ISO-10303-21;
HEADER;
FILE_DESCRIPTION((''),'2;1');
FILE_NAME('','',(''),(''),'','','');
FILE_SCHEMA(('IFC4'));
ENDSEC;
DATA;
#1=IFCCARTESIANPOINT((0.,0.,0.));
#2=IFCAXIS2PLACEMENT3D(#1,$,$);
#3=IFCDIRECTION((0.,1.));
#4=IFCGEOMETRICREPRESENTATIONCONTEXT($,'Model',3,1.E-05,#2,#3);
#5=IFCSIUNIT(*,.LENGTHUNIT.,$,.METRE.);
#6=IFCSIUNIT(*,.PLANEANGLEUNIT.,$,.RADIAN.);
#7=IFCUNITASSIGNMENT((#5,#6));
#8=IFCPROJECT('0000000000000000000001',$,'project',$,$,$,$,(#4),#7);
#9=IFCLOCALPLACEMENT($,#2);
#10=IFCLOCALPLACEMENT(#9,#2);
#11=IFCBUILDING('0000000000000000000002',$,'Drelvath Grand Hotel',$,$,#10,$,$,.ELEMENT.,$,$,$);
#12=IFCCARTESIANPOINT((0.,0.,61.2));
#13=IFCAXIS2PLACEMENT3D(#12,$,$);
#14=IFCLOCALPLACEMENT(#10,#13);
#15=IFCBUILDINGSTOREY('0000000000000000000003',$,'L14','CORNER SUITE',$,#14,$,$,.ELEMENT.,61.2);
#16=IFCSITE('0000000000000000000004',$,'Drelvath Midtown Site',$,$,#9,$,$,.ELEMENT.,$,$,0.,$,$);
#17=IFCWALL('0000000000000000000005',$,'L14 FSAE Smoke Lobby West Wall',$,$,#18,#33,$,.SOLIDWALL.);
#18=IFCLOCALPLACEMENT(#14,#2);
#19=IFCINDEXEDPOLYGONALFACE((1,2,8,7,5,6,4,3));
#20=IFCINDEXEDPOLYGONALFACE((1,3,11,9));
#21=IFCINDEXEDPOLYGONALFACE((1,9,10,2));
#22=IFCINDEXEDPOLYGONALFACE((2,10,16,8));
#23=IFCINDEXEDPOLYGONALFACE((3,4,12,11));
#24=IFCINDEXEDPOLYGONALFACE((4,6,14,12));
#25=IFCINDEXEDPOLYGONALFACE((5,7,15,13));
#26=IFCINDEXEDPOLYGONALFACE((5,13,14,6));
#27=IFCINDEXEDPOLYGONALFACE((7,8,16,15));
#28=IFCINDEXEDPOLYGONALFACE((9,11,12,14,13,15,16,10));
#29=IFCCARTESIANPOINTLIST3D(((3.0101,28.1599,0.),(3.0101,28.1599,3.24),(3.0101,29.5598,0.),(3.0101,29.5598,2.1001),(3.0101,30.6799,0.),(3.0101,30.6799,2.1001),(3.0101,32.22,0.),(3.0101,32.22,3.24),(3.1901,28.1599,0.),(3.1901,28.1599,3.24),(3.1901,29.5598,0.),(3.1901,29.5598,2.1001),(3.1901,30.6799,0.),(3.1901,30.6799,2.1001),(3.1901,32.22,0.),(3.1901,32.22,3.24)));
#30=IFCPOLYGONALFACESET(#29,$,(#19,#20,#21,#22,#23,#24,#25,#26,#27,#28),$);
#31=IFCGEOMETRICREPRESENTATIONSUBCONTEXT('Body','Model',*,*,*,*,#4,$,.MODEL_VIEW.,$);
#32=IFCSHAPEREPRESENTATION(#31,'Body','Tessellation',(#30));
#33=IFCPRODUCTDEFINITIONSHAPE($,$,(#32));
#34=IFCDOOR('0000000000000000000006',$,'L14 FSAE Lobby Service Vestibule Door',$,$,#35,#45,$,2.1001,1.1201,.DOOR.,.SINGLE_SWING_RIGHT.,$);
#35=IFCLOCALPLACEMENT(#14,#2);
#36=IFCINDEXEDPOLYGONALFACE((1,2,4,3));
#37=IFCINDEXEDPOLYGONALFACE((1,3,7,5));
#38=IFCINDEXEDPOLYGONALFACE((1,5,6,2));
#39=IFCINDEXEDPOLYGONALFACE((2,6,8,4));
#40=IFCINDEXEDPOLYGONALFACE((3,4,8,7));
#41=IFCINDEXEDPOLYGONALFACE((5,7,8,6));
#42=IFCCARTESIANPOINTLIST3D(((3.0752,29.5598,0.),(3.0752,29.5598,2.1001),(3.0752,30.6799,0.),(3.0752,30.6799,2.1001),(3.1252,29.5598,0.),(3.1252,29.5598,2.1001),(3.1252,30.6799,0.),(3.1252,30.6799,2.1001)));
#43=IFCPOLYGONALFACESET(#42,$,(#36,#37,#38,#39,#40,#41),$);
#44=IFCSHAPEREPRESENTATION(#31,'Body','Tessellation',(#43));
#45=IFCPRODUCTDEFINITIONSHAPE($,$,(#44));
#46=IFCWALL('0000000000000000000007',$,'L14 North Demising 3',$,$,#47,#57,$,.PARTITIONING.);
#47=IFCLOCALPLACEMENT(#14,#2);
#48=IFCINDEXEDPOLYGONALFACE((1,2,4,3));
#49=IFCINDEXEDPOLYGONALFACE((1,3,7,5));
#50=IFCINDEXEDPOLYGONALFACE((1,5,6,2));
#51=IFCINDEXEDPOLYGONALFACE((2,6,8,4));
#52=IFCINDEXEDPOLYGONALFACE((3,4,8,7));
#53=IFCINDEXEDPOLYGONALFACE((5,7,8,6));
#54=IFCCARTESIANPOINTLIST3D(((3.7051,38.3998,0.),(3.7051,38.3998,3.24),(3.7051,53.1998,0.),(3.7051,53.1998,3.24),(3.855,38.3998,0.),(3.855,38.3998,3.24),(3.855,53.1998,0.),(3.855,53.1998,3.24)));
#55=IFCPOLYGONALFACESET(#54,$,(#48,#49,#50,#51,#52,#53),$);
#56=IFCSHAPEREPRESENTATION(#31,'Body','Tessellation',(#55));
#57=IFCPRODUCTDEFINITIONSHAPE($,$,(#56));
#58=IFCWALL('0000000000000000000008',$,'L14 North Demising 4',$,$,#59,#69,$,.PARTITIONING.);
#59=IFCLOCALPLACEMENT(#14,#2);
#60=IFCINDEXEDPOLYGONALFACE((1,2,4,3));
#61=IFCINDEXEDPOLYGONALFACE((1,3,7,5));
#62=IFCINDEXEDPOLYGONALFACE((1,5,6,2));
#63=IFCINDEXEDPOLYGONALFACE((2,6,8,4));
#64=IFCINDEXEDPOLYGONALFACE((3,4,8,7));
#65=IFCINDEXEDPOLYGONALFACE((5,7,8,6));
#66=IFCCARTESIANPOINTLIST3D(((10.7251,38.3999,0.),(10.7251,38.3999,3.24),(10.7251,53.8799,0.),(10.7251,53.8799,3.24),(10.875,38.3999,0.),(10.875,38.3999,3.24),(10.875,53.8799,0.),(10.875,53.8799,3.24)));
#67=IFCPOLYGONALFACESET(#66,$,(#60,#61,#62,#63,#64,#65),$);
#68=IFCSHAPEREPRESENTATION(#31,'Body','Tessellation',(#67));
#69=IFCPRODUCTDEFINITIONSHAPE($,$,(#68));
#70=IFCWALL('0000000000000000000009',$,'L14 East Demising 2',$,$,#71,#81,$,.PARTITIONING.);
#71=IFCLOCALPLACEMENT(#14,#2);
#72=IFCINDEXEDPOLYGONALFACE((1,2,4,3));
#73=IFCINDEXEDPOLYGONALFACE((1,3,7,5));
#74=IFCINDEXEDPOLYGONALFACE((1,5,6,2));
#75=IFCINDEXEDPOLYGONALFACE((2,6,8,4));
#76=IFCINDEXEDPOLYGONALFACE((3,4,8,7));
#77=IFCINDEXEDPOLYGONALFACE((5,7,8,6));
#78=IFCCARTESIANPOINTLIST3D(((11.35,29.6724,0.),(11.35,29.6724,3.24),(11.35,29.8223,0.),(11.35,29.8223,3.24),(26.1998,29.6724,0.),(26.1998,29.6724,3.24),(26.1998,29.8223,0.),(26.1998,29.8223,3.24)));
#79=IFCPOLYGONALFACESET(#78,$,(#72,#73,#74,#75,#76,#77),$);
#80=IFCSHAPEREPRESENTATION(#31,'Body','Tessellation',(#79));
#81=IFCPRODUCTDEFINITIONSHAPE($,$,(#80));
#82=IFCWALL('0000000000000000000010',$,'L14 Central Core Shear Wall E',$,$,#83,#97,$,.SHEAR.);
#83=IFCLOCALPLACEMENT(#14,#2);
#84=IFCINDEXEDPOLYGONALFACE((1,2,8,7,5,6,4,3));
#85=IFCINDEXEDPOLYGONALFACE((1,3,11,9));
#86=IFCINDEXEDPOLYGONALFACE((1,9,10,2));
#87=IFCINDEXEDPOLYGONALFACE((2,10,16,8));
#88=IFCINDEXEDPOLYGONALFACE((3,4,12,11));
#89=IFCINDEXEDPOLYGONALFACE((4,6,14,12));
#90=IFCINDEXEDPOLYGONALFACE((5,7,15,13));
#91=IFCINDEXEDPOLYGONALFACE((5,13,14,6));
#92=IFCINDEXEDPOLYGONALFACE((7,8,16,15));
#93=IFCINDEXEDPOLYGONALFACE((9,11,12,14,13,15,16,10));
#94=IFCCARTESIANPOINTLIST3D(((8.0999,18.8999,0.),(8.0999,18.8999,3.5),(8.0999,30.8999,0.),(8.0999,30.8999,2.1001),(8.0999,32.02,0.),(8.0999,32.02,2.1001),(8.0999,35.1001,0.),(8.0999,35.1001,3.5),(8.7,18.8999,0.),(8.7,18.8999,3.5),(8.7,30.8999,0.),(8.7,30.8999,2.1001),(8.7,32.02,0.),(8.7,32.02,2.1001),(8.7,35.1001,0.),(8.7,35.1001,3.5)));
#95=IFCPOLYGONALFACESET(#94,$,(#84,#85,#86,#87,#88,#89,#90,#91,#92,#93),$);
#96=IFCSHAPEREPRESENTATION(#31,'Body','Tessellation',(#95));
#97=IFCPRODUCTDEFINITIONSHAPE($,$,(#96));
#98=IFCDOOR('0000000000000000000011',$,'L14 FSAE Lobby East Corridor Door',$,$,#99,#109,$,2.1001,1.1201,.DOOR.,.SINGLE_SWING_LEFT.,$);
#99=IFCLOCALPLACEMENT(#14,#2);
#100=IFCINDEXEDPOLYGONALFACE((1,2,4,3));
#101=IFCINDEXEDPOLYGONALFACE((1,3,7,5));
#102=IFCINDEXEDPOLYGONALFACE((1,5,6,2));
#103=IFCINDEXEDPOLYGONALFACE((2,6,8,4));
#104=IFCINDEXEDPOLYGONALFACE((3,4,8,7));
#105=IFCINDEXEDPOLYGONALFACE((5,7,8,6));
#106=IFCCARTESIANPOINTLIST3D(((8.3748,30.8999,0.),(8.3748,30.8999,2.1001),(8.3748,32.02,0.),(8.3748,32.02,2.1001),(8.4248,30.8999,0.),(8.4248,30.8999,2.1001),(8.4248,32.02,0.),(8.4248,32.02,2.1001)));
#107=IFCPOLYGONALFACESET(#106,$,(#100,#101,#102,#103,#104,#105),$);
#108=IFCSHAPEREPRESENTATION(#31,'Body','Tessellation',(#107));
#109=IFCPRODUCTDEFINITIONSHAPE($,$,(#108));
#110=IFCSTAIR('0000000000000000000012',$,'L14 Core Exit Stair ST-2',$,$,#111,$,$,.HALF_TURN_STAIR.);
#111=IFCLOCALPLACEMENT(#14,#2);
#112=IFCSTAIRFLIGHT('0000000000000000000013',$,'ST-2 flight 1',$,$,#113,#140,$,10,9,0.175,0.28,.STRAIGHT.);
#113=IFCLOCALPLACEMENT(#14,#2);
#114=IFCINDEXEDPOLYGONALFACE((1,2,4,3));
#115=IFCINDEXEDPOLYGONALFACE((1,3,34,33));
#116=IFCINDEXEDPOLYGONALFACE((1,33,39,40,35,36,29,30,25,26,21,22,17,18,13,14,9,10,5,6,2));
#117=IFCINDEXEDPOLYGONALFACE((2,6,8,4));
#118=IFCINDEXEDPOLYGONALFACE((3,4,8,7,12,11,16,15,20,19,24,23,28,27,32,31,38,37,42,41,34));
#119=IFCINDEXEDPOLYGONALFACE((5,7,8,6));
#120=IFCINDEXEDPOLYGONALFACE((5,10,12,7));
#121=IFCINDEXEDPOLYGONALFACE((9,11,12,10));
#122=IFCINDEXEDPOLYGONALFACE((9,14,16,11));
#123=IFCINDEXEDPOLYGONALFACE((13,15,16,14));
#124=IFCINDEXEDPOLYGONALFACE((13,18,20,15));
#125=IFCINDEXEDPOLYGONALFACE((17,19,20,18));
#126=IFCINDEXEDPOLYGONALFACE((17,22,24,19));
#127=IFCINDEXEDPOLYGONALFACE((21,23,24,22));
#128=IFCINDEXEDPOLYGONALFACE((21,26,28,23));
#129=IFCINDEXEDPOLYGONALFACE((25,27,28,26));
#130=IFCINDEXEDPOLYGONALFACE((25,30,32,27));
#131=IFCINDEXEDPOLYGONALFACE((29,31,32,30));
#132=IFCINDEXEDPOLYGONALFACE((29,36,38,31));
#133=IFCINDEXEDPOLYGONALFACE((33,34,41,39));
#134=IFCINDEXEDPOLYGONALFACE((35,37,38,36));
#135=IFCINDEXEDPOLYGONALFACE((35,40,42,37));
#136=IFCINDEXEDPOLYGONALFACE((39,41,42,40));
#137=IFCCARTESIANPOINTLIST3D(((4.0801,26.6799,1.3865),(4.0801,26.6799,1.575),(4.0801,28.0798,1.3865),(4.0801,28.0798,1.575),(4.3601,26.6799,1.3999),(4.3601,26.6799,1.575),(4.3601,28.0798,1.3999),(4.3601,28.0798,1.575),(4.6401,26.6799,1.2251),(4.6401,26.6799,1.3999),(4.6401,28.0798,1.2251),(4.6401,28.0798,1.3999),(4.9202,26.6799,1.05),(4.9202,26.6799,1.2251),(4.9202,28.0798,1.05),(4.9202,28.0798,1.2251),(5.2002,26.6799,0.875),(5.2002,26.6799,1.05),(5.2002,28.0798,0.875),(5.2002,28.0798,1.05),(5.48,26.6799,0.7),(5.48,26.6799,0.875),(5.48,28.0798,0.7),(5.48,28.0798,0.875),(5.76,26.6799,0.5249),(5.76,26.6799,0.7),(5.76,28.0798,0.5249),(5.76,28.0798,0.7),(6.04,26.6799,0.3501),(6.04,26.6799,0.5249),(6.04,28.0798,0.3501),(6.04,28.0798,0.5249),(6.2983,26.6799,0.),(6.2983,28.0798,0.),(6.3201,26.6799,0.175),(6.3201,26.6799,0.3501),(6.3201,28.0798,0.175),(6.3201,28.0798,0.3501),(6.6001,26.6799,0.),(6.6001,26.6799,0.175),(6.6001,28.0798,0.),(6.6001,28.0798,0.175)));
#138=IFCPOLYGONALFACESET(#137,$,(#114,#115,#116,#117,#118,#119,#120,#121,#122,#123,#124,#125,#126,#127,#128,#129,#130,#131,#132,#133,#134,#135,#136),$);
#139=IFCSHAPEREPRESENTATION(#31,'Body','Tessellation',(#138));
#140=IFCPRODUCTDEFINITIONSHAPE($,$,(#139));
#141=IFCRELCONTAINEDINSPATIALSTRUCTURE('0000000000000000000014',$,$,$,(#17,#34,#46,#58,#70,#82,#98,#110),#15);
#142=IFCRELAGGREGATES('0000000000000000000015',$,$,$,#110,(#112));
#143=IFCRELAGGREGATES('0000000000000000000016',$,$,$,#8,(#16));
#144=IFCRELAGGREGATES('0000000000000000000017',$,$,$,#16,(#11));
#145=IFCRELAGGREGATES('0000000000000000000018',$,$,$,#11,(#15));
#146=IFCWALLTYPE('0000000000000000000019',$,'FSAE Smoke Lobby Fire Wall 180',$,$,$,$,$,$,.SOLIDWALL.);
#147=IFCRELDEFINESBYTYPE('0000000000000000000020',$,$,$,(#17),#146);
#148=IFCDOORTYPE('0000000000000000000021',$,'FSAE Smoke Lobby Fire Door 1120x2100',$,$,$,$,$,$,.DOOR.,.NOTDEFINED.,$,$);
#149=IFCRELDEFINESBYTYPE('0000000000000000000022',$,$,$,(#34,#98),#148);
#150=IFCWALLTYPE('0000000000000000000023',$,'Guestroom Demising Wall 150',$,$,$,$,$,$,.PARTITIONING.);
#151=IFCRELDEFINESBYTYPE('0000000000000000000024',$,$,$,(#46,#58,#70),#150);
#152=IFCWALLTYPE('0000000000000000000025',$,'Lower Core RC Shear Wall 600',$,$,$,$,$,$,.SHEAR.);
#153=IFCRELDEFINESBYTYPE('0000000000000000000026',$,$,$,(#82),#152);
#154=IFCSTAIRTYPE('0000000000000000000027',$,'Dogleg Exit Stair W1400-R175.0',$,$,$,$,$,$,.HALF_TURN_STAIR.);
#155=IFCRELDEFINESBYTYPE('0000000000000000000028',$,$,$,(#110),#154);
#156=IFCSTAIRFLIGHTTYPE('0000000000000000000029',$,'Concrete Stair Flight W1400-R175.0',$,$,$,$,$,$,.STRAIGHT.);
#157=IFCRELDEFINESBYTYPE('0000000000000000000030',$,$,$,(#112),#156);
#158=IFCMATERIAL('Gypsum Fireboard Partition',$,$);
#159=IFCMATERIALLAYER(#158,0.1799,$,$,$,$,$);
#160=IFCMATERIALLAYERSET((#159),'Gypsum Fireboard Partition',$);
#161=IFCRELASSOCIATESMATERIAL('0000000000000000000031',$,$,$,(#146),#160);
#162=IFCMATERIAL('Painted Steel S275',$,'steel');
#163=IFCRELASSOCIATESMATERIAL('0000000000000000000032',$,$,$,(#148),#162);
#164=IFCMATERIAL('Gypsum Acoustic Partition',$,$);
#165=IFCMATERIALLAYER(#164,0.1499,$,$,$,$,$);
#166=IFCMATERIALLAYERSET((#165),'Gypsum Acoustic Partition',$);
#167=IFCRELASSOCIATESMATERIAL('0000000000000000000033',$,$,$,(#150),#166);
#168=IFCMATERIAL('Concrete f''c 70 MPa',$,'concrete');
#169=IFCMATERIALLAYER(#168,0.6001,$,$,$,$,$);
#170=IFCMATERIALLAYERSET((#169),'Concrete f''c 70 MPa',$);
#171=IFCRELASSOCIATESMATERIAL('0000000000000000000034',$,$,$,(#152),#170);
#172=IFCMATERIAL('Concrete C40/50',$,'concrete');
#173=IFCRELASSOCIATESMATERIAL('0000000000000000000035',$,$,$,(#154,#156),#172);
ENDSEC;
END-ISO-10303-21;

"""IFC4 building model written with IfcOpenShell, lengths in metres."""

from ifc_helpers import new_model, si_unit, direction, frame, frame_2d, origin, place, context, subcontext, project, spatial, polyline, rectangle, outline, extrude, material, layer, layer_set, type_object, element, fill, aggregate, save


model = new_model("IFC4")

# Units and contexts
model_context = context("Model", 3, precision=1e-05, world=origin(), true_north=direction((0.0, 1.0)))
body_context = subcontext(model_context, "Body", "Model", "MODEL_VIEW")
ifc_project = project(units=[si_unit("LENGTHUNIT", "METRE"), si_unit("PLANEANGLEUNIT", "RADIAN")], contexts=[model_context])

# Site, building, storey
site_placement = place(None, origin())
site = spatial("IfcSite", under=ifc_project, at=site_placement, Name="Drelvath Midtown Site", CompositionType="ELEMENT", RefElevation=0.0)
building_placement = place(site_placement, origin())
building = spatial("IfcBuilding", under=site, at=building_placement, Name="Drelvath Grand Hotel", CompositionType="ELEMENT")
storey_placement = place(building_placement, frame((0.0, 0.0, 61.2)))
storey = spatial("IfcBuildingStorey", under=building, at=storey_placement, Name="L14", Description="CORNER SUITE", CompositionType="ELEMENT", Elevation=61.2)

# Shared definitions
ifc_material_1 = material(Name="Concrete f'c 70 MPa", Category="concrete")

# Shared definitions
ifc_material_2 = material(Name="Concrete C40/50", Category="concrete")

# Shared definitions
ifc_material_3 = material(Name="Painted Steel S275", Category="steel")

# Shared definitions
ifc_material_4 = material(Name="Gypsum Fireboard Partition")

# Wall, opening, door
ifc_layer_1 = layer(ifc_material_4, 0.1799)
ifc_layer_set_1 = layer_set([ifc_layer_1], Name="Gypsum Fireboard Partition")
wall_type_1 = type_object("IfcWallType", Name="FSAE Smoke Lobby Fire Wall 180", PredefinedType="SOLIDWALL", material=ifc_layer_set_1)
wall_1_placement = place(storey_placement, frame((3.1001, 28.1599, 0.0), z_axis=(0.0, 0.0, 1.0), x_axis=(0.0, 1.0, 0.0)))
wall_1 = element("IfcWall", 1, at=wall_1_placement, inside=storey, type_object=wall_type_1, Name="L14 FSAE Smoke Lobby West Wall", PredefinedType="SOLIDWALL", context=body_context, shape_type="SweptSolid", body=[
    extrude(rectangle(XDim=4.0601, YDim=0.1799, at=frame_2d((2.03, 0.0))), origin(), (0.0, 0.0, 1.0), 3.24),
])
opening_1_placement = place(wall_1_placement, frame((1.3999, 0.0, 0.0)))
opening_1 = element("IfcOpeningElement", 2, at=opening_1_placement, cuts=wall_1, PredefinedType="OPENING", context=body_context, shape_type="SweptSolid", body=[
    extrude(rectangle(XDim=1.1201, YDim=2.1001, at=frame_2d((0.5601, 1.05))), frame((0.0, 0.0999, 0.0), z_axis=(0.0, -1.0, 0.0), x_axis=(1.0, 0.0, 0.0)), (0.0, 0.0, 1.0), 0.2),
])
door_type_1 = type_object("IfcDoorType", Name="FSAE Smoke Lobby Fire Door 1120x2100", OperationType="NOTDEFINED", PredefinedType="DOOR", material=ifc_material_3)
door_1_placement = place(opening_1_placement, origin())
door_1 = element("IfcDoor", 3, at=door_1_placement, inside=storey, type_object=door_type_1, Name="L14 FSAE Lobby Service Vestibule Door", OperationType="SINGLE_SWING_RIGHT", OverallHeight=2.1001, OverallWidth=1.1201, PredefinedType="DOOR", context=body_context, shape_type="SweptSolid", body=[
    extrude(rectangle(XDim=1.1201, YDim=2.1001, at=frame_2d((0.5601, 1.05))), frame((0.0, 0.0249, 0.0), z_axis=(0.0, -1.0, 0.0), x_axis=(1.0, 0.0, 0.0)), (0.0, 0.0, 1.0), 0.05),
])
fill(opening_1, door_1)

# Walls
ifc_material_5 = material(Name="Gypsum Acoustic Partition")
ifc_layer_2 = layer(ifc_material_5, 0.1499)
ifc_layer_set_2 = layer_set([ifc_layer_2], Name="Gypsum Acoustic Partition")
wall_type_2 = type_object("IfcWallType", Name="Guestroom Demising Wall 150", PredefinedType="PARTITIONING", material=ifc_layer_set_2)
wall_2_placement = place(storey_placement, frame((3.78, 38.3999, 0.0), z_axis=(0.0, 0.0, 1.0), x_axis=(0.0, 1.0, 0.0)))
element("IfcWall", 4, at=wall_2_placement, inside=storey, type_object=wall_type_2, Name="L14 North Demising 3", PredefinedType="PARTITIONING", context=body_context, shape_type="SweptSolid", body=[
    extrude(rectangle(XDim=14.8, YDim=0.1499, at=frame_2d((7.3999, 0.0))), origin(), (0.0, 0.0, 1.0), 3.24),
])
wall_3_placement = place(storey_placement, frame((10.8, 38.3999, 0.0), z_axis=(0.0, 0.0, 1.0), x_axis=(0.0, 1.0, 0.0)))
element("IfcWall", 5, at=wall_3_placement, inside=storey, type_object=wall_type_2, Name="L14 North Demising 4", PredefinedType="PARTITIONING", context=body_context, shape_type="SweptSolid", body=[
    extrude(rectangle(XDim=15.48, YDim=0.1499, at=frame_2d((7.74, 0.0))), origin(), (0.0, 0.0, 1.0), 3.24),
])
wall_4_placement = place(storey_placement, frame((11.3501, 29.7473, 0.0), z_axis=(0.0, 0.0, 1.0), x_axis=(1.0, 0.0, 0.0)))
element("IfcWall", 6, at=wall_4_placement, inside=storey, type_object=wall_type_2, Name="L14 East Demising 2", PredefinedType="PARTITIONING", context=body_context, shape_type="SweptSolid", body=[
    extrude(rectangle(XDim=14.8499, YDim=0.1499, at=frame_2d((7.4248, 0.0))), origin(), (0.0, 0.0, 1.0), 3.24),
])

# Wall, opening, door
ifc_layer_3 = layer(ifc_material_1, 0.6001)
ifc_layer_set_3 = layer_set([ifc_layer_3], Name="Concrete f'c 70 MPa")
wall_type_3 = type_object("IfcWallType", Name="Lower Core RC Shear Wall 600", PredefinedType="SHEAR", material=ifc_layer_set_3)
wall_5_placement = place(storey_placement, frame((8.3999, 35.1001, 0.0), z_axis=(0.0, 0.0, 1.0), x_axis=(0.0, -1.0, 0.0)))
wall_5 = element("IfcWall", 7, at=wall_5_placement, inside=storey, type_object=wall_type_3, Name="L14 Central Core Shear Wall E", PredefinedType="SHEAR", context=body_context, shape_type="SweptSolid", body=[
    extrude(rectangle(XDim=16.2002, YDim=0.6001, at=frame_2d((8.1001, 0.0))), origin(), (0.0, 0.0, 1.0), 3.5),
])
opening_2_placement = place(wall_5_placement, frame((3.0801, 0.0, 0.0)))
opening_2 = element("IfcOpeningElement", 8, at=opening_2_placement, cuts=wall_5, PredefinedType="OPENING", context=body_context, shape_type="SweptSolid", body=[
    extrude(rectangle(XDim=1.1201, YDim=2.1001, at=frame_2d((0.5601, 1.05))), frame((0.0, 0.3101, 0.0), z_axis=(0.0, -1.0, 0.0), x_axis=(1.0, 0.0, 0.0)), (0.0, 0.0, 1.0), 0.6201),
])
door_2_placement = place(opening_2_placement, origin())
door_2 = element("IfcDoor", 9, at=door_2_placement, inside=storey, type_object=door_type_1, Name="L14 FSAE Lobby East Corridor Door", OperationType="SINGLE_SWING_LEFT", OverallHeight=2.1001, OverallWidth=1.1201, PredefinedType="DOOR", context=body_context, shape_type="SweptSolid", body=[
    extrude(rectangle(XDim=1.1201, YDim=2.1001, at=frame_2d((0.5601, 1.05))), frame((0.0, 0.0249, 0.0), z_axis=(0.0, -1.0, 0.0), x_axis=(1.0, 0.0, 0.0)), (0.0, 0.0, 1.0), 0.05),
])
fill(opening_2, door_2)

# Stair, stair flight
stair_type = type_object("IfcStairType", Name="Dogleg Exit Stair W1400-R175.0", PredefinedType="HALF_TURN_STAIR", material=ifc_material_2)
stair_placement = place(storey_placement, origin())
stair = element("IfcStair", 10, at=stair_placement, inside=storey, type_object=stair_type, Name="L14 Core Exit Stair ST-2", PredefinedType="HALF_TURN_STAIR")
stair_flight_type = type_object("IfcStairFlightType", Name="Concrete Stair Flight W1400-R175.0", PredefinedType="STRAIGHT", material=ifc_material_2)
stair_flight_placement = place(storey_placement, frame((6.6001, 27.3799, 0.0), z_axis=(0.0, 0.0, 1.0), x_axis=(-1.0, 0.0, 0.0)))
stair_flight = element("IfcStairFlight", 11, at=stair_flight_placement, type_object=stair_flight_type, Name="ST-2 flight 1", NumberOfRisers=10, NumberOfTreads=9, PredefinedType="STRAIGHT", RiserHeight=0.175, TreadLength=0.28, context=body_context, shape_type="SweptSolid", body=[
    extrude(outline(polyline([(0.0, 0.0), (0.0, 0.175), (0.28, 0.175), (0.28, 0.3501), (0.5601, 0.3501), (0.5601, 0.5249), (0.8401, 0.5249), (0.8401, 0.7), (1.1201, 0.7), (1.1201, 0.875), (1.3999, 0.875), (1.3999, 1.05), (1.6799, 1.05), (1.6799, 1.2251), (1.96, 1.2251), (1.96, 1.3999), (2.24, 1.3999), (2.24, 1.575), (2.52, 1.575), (2.52, 1.75), (2.52, 1.3865), (0.3018, 0.0), (0.0, 0.0)])), frame((0.0, 0.7, 0.0), z_axis=(0.0, -1.0, 0.0), x_axis=(1.0, 0.0, 0.0)), (0.0, 0.0, 1.0), 1.3999),
])
aggregate(stair, [stair_flight])

save(model, "model.ifc")
